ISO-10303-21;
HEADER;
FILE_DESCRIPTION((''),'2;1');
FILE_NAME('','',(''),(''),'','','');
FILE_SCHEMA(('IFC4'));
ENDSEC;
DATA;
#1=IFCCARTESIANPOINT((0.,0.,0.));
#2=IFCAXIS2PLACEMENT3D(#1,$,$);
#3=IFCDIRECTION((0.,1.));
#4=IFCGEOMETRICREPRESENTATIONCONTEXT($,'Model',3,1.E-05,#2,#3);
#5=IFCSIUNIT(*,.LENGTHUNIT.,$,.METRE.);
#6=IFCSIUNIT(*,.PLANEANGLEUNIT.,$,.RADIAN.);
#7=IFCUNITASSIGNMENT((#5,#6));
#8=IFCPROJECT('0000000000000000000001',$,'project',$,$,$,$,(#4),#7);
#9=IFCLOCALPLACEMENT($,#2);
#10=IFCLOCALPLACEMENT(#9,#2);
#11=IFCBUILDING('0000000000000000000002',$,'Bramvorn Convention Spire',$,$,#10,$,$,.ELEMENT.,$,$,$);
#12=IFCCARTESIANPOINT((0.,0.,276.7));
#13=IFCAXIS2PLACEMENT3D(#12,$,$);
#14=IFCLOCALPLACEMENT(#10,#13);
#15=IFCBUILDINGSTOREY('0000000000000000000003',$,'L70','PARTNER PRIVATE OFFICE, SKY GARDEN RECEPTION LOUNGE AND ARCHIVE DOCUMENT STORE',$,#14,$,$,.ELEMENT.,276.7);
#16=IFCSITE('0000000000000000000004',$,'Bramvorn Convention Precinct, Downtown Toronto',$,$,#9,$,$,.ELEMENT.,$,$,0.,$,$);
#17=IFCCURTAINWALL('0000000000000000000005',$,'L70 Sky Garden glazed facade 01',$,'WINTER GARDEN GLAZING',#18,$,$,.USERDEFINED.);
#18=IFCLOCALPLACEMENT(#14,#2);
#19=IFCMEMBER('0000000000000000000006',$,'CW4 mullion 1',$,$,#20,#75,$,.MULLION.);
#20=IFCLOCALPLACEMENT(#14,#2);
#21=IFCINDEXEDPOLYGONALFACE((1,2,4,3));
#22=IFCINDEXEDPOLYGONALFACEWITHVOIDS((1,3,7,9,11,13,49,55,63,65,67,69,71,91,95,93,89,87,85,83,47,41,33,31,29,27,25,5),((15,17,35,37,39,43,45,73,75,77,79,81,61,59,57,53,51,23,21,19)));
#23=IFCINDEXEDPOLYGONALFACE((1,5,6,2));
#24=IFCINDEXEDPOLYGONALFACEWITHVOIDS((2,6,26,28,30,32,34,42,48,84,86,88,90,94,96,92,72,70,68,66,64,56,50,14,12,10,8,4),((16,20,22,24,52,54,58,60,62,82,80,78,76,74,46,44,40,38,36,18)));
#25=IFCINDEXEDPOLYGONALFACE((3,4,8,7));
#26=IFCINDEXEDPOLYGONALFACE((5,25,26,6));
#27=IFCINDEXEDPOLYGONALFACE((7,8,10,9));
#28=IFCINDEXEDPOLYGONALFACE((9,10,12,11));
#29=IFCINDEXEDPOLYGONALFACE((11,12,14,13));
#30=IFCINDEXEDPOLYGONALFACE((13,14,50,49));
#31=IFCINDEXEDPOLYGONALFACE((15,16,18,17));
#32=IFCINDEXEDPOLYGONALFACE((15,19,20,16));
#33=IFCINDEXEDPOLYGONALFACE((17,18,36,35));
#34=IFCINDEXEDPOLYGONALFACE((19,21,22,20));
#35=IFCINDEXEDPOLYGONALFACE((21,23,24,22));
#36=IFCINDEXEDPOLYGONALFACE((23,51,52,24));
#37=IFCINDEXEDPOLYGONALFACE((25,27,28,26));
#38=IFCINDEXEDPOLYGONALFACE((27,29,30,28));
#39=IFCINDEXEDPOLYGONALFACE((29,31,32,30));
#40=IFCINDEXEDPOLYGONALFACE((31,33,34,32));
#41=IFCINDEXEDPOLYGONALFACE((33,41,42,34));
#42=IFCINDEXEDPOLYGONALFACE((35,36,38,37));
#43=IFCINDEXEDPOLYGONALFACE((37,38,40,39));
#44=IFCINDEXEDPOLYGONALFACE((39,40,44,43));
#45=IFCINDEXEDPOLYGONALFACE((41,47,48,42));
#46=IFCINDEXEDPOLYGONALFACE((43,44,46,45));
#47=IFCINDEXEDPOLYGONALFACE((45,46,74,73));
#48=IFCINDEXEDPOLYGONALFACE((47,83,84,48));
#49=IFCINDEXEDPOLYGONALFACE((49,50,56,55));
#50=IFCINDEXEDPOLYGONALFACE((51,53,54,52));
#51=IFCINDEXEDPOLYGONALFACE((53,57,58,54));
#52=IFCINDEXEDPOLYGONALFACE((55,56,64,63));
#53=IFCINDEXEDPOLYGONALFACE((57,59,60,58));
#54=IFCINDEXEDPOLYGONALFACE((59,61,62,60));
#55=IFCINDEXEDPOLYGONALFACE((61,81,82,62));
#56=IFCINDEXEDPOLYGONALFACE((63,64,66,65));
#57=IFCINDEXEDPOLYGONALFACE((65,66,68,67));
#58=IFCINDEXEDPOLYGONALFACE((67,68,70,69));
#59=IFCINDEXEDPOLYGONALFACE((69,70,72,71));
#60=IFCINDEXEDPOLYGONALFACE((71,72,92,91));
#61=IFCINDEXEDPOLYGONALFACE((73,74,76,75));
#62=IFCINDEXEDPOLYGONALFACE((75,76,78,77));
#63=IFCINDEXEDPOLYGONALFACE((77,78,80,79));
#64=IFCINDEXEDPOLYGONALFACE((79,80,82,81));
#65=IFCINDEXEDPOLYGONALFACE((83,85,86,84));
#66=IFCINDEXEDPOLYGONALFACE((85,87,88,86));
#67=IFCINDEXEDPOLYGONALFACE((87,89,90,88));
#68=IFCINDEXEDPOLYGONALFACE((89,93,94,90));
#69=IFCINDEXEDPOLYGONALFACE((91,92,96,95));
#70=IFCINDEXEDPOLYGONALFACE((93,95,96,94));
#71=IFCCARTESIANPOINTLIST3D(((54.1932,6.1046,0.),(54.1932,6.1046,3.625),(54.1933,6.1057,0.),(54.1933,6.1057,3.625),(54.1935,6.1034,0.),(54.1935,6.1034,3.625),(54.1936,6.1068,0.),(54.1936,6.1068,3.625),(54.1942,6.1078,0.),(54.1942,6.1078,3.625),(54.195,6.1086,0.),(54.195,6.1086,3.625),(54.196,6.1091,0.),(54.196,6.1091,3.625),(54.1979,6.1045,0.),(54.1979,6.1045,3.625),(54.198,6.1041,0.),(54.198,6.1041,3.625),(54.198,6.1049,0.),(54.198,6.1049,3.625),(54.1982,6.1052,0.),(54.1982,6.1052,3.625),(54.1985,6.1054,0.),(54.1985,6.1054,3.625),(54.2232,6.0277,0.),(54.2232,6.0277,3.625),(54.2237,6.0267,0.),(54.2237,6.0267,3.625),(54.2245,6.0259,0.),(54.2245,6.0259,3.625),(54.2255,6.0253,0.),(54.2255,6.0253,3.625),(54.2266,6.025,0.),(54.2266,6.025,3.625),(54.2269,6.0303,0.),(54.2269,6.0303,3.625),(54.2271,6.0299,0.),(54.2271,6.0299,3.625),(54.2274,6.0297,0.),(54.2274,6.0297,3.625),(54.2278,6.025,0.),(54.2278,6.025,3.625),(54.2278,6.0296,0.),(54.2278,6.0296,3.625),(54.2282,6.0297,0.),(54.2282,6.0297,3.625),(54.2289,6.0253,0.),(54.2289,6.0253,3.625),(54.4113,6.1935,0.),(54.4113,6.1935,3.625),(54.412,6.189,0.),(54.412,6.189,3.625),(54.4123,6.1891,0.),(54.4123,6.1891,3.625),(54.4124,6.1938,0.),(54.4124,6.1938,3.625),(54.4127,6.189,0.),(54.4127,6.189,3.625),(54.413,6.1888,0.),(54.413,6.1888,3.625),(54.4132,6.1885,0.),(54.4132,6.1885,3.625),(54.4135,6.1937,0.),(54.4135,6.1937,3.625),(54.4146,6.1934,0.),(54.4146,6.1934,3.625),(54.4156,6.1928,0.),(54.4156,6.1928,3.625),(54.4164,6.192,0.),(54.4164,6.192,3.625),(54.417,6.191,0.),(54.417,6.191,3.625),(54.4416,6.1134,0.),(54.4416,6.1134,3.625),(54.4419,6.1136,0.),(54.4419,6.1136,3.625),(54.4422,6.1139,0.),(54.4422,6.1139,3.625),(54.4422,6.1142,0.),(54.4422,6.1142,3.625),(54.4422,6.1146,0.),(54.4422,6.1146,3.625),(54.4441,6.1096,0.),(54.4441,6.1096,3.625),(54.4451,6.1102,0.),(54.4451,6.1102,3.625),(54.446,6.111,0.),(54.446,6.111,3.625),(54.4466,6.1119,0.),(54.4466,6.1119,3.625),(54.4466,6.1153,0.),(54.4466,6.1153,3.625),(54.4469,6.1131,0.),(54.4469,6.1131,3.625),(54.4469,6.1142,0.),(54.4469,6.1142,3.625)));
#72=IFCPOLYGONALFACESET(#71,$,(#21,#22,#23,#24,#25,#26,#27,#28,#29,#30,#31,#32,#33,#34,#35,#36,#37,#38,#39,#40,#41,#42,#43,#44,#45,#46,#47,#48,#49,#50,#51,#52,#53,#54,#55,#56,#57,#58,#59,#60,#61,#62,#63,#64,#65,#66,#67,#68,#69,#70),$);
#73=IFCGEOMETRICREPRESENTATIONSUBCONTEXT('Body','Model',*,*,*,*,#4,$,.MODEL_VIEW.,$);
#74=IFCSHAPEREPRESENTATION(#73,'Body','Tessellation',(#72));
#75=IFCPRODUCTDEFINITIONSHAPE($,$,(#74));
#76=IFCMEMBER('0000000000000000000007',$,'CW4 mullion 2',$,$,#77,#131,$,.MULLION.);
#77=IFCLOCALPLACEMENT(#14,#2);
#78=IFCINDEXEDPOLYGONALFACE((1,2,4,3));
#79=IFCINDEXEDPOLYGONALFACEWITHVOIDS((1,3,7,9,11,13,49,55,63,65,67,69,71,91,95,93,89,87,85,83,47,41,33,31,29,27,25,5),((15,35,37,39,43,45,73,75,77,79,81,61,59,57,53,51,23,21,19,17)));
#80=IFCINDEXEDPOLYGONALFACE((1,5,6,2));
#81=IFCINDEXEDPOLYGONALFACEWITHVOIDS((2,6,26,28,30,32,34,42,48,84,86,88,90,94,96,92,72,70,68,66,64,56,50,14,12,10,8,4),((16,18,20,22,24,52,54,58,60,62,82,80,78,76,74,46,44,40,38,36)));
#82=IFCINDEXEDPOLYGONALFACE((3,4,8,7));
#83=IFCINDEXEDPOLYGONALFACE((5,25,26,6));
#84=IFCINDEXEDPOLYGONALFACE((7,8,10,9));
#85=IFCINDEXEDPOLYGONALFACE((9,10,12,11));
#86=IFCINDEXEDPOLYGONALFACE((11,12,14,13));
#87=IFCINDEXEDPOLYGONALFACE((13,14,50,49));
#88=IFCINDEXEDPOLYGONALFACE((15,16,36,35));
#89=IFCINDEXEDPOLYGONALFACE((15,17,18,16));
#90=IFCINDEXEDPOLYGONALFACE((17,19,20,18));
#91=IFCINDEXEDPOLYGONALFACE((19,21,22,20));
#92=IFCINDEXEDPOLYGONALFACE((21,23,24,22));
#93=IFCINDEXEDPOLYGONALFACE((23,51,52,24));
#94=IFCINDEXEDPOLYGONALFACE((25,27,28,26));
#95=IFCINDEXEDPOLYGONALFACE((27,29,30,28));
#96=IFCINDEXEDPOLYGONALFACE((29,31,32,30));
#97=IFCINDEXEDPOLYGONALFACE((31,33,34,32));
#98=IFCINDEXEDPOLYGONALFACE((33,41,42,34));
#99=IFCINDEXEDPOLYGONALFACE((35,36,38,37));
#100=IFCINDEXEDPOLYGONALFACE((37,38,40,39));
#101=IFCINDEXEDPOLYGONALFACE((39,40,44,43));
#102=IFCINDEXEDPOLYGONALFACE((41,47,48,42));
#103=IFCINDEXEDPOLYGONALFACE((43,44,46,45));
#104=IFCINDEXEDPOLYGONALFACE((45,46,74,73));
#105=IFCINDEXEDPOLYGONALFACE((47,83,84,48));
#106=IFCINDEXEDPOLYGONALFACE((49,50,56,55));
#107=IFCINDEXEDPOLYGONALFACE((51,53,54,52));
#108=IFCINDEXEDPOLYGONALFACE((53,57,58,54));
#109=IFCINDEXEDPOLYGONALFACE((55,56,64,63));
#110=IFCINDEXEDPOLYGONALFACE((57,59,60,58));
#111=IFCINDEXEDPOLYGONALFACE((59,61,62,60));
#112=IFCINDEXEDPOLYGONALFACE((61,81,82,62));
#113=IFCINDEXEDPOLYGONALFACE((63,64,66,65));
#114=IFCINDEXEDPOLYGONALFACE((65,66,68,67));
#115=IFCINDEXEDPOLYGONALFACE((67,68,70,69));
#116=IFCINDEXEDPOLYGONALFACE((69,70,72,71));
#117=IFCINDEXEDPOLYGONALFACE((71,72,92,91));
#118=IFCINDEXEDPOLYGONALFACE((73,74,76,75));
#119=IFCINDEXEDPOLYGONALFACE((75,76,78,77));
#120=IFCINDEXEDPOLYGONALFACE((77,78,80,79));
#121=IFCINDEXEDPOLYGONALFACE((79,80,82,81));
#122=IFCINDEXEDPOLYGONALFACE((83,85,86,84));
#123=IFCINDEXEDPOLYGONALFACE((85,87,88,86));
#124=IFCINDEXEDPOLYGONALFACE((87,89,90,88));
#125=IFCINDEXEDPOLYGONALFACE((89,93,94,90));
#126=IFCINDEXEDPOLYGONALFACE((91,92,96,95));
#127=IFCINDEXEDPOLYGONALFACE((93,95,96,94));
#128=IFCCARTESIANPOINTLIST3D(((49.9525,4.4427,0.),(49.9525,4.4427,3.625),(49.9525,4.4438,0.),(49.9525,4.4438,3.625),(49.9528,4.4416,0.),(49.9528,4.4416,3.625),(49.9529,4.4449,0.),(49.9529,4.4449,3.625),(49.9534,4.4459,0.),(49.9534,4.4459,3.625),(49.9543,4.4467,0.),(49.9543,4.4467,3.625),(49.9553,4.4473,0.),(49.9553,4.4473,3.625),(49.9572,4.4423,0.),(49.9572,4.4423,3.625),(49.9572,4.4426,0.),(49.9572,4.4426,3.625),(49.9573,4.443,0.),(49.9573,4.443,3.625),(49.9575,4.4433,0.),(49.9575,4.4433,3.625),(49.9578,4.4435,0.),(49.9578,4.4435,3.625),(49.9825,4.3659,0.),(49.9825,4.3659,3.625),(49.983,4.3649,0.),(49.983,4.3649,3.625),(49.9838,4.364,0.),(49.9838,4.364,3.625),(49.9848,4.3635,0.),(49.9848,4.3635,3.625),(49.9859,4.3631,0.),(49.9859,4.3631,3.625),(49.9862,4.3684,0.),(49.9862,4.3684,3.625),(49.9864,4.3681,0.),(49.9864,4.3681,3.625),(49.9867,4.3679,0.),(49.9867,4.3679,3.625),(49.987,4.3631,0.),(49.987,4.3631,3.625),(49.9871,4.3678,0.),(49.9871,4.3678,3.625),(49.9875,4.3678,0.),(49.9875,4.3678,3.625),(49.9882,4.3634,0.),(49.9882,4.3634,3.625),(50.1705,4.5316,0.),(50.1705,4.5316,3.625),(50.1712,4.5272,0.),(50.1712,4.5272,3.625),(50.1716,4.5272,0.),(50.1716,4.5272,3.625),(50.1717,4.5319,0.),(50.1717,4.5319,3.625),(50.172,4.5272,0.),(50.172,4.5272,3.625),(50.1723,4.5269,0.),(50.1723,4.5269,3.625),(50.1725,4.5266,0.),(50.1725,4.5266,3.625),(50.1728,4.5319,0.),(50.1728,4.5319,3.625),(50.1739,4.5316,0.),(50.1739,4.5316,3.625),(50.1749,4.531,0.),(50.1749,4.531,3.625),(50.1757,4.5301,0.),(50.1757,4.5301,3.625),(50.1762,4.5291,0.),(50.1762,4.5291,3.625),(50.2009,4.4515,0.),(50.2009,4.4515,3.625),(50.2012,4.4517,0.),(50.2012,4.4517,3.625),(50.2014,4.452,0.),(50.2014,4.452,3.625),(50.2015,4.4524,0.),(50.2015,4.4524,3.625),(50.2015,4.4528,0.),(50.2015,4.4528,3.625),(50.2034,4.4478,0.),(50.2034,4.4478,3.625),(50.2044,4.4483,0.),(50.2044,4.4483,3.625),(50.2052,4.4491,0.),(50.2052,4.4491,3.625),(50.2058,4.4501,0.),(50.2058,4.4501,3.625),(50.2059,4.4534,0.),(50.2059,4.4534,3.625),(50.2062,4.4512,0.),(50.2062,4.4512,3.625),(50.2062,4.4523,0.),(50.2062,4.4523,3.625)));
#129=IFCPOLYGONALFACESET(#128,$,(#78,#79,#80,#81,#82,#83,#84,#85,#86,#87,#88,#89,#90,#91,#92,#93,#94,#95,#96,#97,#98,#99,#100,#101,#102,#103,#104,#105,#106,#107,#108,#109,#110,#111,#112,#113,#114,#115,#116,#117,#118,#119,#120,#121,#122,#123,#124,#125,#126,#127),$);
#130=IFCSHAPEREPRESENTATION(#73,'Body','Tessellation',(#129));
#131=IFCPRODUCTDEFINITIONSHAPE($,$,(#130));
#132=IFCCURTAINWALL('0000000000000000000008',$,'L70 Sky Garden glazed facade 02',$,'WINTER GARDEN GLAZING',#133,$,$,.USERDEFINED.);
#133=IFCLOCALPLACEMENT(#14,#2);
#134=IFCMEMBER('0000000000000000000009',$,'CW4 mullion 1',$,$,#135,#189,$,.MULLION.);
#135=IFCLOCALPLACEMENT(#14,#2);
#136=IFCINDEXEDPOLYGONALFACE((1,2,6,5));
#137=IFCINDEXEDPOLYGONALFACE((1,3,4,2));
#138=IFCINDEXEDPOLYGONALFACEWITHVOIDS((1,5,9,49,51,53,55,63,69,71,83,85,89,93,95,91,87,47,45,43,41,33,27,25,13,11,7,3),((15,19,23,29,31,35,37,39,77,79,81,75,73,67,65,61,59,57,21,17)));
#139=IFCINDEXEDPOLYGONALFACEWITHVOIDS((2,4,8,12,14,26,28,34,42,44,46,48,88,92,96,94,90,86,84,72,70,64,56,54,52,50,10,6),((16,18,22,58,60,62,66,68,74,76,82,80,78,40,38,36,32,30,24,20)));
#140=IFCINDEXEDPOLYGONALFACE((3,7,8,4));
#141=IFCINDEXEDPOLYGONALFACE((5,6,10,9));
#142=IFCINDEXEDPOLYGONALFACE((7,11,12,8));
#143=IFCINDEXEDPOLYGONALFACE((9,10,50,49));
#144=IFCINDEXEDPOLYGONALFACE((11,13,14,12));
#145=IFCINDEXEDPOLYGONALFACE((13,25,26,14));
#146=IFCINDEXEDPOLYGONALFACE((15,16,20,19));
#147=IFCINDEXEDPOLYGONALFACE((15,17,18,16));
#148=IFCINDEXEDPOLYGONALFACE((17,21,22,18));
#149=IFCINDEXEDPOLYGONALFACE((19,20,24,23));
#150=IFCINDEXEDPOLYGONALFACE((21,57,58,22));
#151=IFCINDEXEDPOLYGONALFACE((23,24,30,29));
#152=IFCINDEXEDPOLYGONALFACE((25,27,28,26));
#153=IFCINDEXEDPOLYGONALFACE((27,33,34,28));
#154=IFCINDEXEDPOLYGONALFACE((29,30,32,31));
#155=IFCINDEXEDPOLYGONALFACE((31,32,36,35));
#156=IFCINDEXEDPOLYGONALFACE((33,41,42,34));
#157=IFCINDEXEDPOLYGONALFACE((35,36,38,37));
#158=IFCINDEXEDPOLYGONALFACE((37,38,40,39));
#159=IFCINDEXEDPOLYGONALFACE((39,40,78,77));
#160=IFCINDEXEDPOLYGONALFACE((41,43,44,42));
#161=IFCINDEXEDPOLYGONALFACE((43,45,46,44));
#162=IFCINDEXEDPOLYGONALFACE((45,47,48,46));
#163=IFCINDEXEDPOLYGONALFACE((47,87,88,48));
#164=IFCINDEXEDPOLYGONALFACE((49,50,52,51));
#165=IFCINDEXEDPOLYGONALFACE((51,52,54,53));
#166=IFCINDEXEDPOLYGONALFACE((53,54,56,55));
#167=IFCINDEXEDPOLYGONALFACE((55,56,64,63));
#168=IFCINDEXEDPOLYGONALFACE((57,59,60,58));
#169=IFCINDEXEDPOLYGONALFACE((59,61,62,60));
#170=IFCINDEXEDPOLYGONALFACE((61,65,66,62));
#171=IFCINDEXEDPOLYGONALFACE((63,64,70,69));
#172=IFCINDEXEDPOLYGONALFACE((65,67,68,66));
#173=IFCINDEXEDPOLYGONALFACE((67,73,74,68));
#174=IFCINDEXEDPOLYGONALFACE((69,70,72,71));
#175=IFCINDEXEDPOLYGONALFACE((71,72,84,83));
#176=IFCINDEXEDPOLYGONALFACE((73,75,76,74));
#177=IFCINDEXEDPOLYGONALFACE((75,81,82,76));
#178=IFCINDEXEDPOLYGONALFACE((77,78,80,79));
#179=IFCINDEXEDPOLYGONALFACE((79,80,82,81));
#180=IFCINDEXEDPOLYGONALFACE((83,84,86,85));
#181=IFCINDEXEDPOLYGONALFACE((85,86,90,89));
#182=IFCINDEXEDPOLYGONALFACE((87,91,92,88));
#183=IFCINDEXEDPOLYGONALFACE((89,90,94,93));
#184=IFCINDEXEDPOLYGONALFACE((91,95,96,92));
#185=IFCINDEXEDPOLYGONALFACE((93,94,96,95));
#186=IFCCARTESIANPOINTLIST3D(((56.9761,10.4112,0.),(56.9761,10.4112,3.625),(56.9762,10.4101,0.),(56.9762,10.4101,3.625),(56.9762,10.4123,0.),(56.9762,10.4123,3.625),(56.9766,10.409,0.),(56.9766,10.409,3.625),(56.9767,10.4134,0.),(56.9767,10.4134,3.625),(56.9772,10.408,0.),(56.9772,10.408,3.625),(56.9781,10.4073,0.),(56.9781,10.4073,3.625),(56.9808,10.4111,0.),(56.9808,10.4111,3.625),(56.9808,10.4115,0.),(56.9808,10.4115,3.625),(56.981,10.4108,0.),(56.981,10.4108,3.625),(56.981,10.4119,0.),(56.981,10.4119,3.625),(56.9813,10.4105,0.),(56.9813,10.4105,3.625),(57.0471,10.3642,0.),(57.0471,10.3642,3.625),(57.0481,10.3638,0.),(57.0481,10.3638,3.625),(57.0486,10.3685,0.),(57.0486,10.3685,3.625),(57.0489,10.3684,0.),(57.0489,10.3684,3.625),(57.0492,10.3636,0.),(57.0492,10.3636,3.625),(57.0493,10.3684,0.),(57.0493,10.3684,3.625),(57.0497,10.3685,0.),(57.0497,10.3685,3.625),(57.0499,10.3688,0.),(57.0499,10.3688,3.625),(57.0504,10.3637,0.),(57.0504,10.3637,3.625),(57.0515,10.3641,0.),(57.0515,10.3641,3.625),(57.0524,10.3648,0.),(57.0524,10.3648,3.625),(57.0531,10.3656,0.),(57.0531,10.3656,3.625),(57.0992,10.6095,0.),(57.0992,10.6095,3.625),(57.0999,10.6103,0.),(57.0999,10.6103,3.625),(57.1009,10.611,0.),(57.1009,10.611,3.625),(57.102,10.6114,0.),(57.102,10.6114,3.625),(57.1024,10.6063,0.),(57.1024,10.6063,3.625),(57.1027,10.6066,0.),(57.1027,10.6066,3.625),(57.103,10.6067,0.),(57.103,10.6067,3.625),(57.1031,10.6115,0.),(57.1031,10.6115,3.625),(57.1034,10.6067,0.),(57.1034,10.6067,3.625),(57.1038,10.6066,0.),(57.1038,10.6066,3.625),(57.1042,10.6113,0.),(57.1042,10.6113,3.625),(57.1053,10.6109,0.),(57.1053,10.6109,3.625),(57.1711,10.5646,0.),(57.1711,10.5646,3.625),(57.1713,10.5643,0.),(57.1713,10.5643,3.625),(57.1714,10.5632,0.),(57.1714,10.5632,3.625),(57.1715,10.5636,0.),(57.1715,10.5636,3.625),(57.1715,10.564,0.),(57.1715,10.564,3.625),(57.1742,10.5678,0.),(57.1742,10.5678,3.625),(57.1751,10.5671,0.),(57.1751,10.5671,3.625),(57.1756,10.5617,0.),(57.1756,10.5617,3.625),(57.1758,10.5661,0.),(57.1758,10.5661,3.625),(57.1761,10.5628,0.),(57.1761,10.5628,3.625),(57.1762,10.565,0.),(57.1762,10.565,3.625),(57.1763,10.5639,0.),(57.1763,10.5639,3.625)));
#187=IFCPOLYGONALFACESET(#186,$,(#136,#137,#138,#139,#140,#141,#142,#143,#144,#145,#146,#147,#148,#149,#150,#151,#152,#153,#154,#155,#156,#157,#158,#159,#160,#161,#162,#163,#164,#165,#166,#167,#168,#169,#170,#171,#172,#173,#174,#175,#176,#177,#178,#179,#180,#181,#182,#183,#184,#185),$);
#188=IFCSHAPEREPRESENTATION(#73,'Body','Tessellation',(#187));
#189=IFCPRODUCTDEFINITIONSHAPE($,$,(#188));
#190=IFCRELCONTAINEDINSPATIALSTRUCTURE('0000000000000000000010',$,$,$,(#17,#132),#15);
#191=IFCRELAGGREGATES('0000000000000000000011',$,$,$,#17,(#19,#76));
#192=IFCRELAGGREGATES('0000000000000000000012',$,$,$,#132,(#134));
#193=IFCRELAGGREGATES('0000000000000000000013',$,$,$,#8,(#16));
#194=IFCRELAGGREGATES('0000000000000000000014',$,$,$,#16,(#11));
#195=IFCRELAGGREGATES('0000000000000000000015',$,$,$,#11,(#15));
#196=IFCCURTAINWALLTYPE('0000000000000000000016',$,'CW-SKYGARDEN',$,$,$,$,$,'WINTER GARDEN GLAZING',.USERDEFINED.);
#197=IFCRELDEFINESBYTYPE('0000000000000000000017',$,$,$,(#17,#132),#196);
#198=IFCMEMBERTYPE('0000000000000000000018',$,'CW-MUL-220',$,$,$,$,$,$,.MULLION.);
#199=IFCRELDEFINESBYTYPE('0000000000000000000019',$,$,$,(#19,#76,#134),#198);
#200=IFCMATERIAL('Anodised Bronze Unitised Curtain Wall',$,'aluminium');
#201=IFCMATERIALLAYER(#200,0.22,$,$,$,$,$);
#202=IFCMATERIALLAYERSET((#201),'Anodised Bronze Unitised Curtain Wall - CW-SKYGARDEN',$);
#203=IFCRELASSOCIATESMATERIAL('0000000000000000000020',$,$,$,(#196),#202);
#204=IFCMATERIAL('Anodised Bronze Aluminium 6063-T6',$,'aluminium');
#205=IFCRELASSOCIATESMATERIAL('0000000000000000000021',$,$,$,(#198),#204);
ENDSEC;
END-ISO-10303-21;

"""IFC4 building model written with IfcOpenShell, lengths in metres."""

from ifc_helpers import new_model, si_unit, direction, frame, origin, origin_2d, place, context, subcontext, project, spatial, hollow_rectangle, extrude, material, layer, layer_set, material_profile, profile_set, type_object, element, aggregate, save


model = new_model("IFC4")

# Units and contexts
model_context = context("Model", 3, precision=1e-05, world=origin(), true_north=direction((0.0, 1.0)))
body_context = subcontext(model_context, "Body", "Model", "MODEL_VIEW")
ifc_project = project(units=[si_unit("LENGTHUNIT", "METRE"), si_unit("PLANEANGLEUNIT", "RADIAN")], contexts=[model_context])

# Site, building, storey
site_placement = place(None, origin())
site = spatial("IfcSite", under=ifc_project, at=site_placement, Name="Bramvorn Convention Precinct, Downtown Toronto", CompositionType="ELEMENT", RefElevation=0.0)
building_placement = place(site_placement, origin())
building = spatial("IfcBuilding", under=site, at=building_placement, Name="Bramvorn Convention Spire", CompositionType="ELEMENT")
storey_placement = place(building_placement, frame((0.0, 0.0, 276.7)))
storey = spatial("IfcBuildingStorey", under=building, at=storey_placement, Name="L70", Description="PARTNER PRIVATE OFFICE, SKY GARDEN RECEPTION LOUNGE AND ARCHIVE DOCUMENT STORE", CompositionType="ELEMENT", Elevation=276.7)

# Curtain walls, members
ifc_material_1 = material(Name="Anodised Bronze Unitised Curtain Wall", Category="aluminium")
ifc_layer_1 = layer(ifc_material_1, 0.22)
ifc_layer_set_1 = layer_set([ifc_layer_1], Name="Anodised Bronze Unitised Curtain Wall - CW-SKYGARDEN")
curtain_wall_type = type_object("IfcCurtainWallType", Name="CW-SKYGARDEN", ElementType="WINTER GARDEN GLAZING", PredefinedType="USERDEFINED", material=ifc_layer_set_1)
curtain_wall_1_placement = place(storey_placement, origin())
curtain_wall_1 = element("IfcCurtainWall", 1, at=curtain_wall_1_placement, inside=storey, type_object=curtain_wall_type, Name="L70 Sky Garden glazed facade 01", ObjectType="WINTER GARDEN GLAZING", PredefinedType="USERDEFINED")
ifc_material_2 = material(Name="Anodised Bronze Aluminium 6063-T6", Category="aluminium")
ifc_material_profile_1 = material_profile(ifc_material_2, hollow_rectangle(XDim=0.0901, YDim=0.24, WallThickness=0.0044, InnerFilletRadius=0.001, OuterFilletRadius=0.0044, at=origin_2d()))
ifc_profile_set_1 = profile_set([ifc_material_profile_1], Name="Anodised Bronze Aluminium 6063-T6 - CWM90X240")
member_type_1 = type_object("IfcMemberType", Name="CW-MUL-220", PredefinedType="MULLION", material=ifc_profile_set_1)
member_1_placement = place(storey_placement, frame((54.3201, 6.1094, 0.0), z_axis=(0.0, 0.0, 1.0), x_axis=(0.364873, -0.931057, 0.0)))
member_1 = element("IfcMember", 2, at=member_1_placement, type_object=member_type_1, Name="CW4 mullion 1", PredefinedType="MULLION", context=body_context, shape_type="SweptSolid", body=[
    extrude(hollow_rectangle(XDim=0.0901, YDim=0.24, WallThickness=0.0044, InnerFilletRadius=0.001, OuterFilletRadius=0.0044, at=origin_2d()), origin(), (0.0, 0.0, 1.0), 3.625),
])
member_2_placement = place(storey_placement, frame((50.0793, 4.4475, 0.0), z_axis=(0.0, 0.0, 1.0), x_axis=(0.364873, -0.931057, 0.0)))
member_2 = element("IfcMember", 3, at=member_2_placement, type_object=member_type_1, Name="CW4 mullion 2", PredefinedType="MULLION", context=body_context, shape_type="SweptSolid", body=[
    extrude(hollow_rectangle(XDim=0.0901, YDim=0.24, WallThickness=0.0044, InnerFilletRadius=0.001, OuterFilletRadius=0.0044, at=origin_2d()), origin(), (0.0, 0.0, 1.0), 3.625),
])
curtain_wall_2_placement = place(storey_placement, origin())
curtain_wall_2 = element("IfcCurtainWall", 4, at=curtain_wall_2_placement, inside=storey, type_object=curtain_wall_type, Name="L70 Sky Garden glazed facade 02", ObjectType="WINTER GARDEN GLAZING", PredefinedType="USERDEFINED")
member_3_placement = place(storey_placement, frame((57.0762, 10.4875, 0.0), z_axis=(0.0, 0.0, 1.0), x_axis=(0.848104, -0.529831, 0.0)))
member_3 = element("IfcMember", 5, at=member_3_placement, type_object=member_type_1, Name="CW4 mullion 1", PredefinedType="MULLION", context=body_context, shape_type="SweptSolid", body=[
    extrude(hollow_rectangle(XDim=0.0901, YDim=0.24, WallThickness=0.0044, InnerFilletRadius=0.001, OuterFilletRadius=0.0044, at=origin_2d()), origin(), (0.0, 0.0, 1.0), 3.625),
])

aggregate(curtain_wall_1, [member_1, member_2])
aggregate(curtain_wall_2, [member_3])

save(model, "model.ifc")
